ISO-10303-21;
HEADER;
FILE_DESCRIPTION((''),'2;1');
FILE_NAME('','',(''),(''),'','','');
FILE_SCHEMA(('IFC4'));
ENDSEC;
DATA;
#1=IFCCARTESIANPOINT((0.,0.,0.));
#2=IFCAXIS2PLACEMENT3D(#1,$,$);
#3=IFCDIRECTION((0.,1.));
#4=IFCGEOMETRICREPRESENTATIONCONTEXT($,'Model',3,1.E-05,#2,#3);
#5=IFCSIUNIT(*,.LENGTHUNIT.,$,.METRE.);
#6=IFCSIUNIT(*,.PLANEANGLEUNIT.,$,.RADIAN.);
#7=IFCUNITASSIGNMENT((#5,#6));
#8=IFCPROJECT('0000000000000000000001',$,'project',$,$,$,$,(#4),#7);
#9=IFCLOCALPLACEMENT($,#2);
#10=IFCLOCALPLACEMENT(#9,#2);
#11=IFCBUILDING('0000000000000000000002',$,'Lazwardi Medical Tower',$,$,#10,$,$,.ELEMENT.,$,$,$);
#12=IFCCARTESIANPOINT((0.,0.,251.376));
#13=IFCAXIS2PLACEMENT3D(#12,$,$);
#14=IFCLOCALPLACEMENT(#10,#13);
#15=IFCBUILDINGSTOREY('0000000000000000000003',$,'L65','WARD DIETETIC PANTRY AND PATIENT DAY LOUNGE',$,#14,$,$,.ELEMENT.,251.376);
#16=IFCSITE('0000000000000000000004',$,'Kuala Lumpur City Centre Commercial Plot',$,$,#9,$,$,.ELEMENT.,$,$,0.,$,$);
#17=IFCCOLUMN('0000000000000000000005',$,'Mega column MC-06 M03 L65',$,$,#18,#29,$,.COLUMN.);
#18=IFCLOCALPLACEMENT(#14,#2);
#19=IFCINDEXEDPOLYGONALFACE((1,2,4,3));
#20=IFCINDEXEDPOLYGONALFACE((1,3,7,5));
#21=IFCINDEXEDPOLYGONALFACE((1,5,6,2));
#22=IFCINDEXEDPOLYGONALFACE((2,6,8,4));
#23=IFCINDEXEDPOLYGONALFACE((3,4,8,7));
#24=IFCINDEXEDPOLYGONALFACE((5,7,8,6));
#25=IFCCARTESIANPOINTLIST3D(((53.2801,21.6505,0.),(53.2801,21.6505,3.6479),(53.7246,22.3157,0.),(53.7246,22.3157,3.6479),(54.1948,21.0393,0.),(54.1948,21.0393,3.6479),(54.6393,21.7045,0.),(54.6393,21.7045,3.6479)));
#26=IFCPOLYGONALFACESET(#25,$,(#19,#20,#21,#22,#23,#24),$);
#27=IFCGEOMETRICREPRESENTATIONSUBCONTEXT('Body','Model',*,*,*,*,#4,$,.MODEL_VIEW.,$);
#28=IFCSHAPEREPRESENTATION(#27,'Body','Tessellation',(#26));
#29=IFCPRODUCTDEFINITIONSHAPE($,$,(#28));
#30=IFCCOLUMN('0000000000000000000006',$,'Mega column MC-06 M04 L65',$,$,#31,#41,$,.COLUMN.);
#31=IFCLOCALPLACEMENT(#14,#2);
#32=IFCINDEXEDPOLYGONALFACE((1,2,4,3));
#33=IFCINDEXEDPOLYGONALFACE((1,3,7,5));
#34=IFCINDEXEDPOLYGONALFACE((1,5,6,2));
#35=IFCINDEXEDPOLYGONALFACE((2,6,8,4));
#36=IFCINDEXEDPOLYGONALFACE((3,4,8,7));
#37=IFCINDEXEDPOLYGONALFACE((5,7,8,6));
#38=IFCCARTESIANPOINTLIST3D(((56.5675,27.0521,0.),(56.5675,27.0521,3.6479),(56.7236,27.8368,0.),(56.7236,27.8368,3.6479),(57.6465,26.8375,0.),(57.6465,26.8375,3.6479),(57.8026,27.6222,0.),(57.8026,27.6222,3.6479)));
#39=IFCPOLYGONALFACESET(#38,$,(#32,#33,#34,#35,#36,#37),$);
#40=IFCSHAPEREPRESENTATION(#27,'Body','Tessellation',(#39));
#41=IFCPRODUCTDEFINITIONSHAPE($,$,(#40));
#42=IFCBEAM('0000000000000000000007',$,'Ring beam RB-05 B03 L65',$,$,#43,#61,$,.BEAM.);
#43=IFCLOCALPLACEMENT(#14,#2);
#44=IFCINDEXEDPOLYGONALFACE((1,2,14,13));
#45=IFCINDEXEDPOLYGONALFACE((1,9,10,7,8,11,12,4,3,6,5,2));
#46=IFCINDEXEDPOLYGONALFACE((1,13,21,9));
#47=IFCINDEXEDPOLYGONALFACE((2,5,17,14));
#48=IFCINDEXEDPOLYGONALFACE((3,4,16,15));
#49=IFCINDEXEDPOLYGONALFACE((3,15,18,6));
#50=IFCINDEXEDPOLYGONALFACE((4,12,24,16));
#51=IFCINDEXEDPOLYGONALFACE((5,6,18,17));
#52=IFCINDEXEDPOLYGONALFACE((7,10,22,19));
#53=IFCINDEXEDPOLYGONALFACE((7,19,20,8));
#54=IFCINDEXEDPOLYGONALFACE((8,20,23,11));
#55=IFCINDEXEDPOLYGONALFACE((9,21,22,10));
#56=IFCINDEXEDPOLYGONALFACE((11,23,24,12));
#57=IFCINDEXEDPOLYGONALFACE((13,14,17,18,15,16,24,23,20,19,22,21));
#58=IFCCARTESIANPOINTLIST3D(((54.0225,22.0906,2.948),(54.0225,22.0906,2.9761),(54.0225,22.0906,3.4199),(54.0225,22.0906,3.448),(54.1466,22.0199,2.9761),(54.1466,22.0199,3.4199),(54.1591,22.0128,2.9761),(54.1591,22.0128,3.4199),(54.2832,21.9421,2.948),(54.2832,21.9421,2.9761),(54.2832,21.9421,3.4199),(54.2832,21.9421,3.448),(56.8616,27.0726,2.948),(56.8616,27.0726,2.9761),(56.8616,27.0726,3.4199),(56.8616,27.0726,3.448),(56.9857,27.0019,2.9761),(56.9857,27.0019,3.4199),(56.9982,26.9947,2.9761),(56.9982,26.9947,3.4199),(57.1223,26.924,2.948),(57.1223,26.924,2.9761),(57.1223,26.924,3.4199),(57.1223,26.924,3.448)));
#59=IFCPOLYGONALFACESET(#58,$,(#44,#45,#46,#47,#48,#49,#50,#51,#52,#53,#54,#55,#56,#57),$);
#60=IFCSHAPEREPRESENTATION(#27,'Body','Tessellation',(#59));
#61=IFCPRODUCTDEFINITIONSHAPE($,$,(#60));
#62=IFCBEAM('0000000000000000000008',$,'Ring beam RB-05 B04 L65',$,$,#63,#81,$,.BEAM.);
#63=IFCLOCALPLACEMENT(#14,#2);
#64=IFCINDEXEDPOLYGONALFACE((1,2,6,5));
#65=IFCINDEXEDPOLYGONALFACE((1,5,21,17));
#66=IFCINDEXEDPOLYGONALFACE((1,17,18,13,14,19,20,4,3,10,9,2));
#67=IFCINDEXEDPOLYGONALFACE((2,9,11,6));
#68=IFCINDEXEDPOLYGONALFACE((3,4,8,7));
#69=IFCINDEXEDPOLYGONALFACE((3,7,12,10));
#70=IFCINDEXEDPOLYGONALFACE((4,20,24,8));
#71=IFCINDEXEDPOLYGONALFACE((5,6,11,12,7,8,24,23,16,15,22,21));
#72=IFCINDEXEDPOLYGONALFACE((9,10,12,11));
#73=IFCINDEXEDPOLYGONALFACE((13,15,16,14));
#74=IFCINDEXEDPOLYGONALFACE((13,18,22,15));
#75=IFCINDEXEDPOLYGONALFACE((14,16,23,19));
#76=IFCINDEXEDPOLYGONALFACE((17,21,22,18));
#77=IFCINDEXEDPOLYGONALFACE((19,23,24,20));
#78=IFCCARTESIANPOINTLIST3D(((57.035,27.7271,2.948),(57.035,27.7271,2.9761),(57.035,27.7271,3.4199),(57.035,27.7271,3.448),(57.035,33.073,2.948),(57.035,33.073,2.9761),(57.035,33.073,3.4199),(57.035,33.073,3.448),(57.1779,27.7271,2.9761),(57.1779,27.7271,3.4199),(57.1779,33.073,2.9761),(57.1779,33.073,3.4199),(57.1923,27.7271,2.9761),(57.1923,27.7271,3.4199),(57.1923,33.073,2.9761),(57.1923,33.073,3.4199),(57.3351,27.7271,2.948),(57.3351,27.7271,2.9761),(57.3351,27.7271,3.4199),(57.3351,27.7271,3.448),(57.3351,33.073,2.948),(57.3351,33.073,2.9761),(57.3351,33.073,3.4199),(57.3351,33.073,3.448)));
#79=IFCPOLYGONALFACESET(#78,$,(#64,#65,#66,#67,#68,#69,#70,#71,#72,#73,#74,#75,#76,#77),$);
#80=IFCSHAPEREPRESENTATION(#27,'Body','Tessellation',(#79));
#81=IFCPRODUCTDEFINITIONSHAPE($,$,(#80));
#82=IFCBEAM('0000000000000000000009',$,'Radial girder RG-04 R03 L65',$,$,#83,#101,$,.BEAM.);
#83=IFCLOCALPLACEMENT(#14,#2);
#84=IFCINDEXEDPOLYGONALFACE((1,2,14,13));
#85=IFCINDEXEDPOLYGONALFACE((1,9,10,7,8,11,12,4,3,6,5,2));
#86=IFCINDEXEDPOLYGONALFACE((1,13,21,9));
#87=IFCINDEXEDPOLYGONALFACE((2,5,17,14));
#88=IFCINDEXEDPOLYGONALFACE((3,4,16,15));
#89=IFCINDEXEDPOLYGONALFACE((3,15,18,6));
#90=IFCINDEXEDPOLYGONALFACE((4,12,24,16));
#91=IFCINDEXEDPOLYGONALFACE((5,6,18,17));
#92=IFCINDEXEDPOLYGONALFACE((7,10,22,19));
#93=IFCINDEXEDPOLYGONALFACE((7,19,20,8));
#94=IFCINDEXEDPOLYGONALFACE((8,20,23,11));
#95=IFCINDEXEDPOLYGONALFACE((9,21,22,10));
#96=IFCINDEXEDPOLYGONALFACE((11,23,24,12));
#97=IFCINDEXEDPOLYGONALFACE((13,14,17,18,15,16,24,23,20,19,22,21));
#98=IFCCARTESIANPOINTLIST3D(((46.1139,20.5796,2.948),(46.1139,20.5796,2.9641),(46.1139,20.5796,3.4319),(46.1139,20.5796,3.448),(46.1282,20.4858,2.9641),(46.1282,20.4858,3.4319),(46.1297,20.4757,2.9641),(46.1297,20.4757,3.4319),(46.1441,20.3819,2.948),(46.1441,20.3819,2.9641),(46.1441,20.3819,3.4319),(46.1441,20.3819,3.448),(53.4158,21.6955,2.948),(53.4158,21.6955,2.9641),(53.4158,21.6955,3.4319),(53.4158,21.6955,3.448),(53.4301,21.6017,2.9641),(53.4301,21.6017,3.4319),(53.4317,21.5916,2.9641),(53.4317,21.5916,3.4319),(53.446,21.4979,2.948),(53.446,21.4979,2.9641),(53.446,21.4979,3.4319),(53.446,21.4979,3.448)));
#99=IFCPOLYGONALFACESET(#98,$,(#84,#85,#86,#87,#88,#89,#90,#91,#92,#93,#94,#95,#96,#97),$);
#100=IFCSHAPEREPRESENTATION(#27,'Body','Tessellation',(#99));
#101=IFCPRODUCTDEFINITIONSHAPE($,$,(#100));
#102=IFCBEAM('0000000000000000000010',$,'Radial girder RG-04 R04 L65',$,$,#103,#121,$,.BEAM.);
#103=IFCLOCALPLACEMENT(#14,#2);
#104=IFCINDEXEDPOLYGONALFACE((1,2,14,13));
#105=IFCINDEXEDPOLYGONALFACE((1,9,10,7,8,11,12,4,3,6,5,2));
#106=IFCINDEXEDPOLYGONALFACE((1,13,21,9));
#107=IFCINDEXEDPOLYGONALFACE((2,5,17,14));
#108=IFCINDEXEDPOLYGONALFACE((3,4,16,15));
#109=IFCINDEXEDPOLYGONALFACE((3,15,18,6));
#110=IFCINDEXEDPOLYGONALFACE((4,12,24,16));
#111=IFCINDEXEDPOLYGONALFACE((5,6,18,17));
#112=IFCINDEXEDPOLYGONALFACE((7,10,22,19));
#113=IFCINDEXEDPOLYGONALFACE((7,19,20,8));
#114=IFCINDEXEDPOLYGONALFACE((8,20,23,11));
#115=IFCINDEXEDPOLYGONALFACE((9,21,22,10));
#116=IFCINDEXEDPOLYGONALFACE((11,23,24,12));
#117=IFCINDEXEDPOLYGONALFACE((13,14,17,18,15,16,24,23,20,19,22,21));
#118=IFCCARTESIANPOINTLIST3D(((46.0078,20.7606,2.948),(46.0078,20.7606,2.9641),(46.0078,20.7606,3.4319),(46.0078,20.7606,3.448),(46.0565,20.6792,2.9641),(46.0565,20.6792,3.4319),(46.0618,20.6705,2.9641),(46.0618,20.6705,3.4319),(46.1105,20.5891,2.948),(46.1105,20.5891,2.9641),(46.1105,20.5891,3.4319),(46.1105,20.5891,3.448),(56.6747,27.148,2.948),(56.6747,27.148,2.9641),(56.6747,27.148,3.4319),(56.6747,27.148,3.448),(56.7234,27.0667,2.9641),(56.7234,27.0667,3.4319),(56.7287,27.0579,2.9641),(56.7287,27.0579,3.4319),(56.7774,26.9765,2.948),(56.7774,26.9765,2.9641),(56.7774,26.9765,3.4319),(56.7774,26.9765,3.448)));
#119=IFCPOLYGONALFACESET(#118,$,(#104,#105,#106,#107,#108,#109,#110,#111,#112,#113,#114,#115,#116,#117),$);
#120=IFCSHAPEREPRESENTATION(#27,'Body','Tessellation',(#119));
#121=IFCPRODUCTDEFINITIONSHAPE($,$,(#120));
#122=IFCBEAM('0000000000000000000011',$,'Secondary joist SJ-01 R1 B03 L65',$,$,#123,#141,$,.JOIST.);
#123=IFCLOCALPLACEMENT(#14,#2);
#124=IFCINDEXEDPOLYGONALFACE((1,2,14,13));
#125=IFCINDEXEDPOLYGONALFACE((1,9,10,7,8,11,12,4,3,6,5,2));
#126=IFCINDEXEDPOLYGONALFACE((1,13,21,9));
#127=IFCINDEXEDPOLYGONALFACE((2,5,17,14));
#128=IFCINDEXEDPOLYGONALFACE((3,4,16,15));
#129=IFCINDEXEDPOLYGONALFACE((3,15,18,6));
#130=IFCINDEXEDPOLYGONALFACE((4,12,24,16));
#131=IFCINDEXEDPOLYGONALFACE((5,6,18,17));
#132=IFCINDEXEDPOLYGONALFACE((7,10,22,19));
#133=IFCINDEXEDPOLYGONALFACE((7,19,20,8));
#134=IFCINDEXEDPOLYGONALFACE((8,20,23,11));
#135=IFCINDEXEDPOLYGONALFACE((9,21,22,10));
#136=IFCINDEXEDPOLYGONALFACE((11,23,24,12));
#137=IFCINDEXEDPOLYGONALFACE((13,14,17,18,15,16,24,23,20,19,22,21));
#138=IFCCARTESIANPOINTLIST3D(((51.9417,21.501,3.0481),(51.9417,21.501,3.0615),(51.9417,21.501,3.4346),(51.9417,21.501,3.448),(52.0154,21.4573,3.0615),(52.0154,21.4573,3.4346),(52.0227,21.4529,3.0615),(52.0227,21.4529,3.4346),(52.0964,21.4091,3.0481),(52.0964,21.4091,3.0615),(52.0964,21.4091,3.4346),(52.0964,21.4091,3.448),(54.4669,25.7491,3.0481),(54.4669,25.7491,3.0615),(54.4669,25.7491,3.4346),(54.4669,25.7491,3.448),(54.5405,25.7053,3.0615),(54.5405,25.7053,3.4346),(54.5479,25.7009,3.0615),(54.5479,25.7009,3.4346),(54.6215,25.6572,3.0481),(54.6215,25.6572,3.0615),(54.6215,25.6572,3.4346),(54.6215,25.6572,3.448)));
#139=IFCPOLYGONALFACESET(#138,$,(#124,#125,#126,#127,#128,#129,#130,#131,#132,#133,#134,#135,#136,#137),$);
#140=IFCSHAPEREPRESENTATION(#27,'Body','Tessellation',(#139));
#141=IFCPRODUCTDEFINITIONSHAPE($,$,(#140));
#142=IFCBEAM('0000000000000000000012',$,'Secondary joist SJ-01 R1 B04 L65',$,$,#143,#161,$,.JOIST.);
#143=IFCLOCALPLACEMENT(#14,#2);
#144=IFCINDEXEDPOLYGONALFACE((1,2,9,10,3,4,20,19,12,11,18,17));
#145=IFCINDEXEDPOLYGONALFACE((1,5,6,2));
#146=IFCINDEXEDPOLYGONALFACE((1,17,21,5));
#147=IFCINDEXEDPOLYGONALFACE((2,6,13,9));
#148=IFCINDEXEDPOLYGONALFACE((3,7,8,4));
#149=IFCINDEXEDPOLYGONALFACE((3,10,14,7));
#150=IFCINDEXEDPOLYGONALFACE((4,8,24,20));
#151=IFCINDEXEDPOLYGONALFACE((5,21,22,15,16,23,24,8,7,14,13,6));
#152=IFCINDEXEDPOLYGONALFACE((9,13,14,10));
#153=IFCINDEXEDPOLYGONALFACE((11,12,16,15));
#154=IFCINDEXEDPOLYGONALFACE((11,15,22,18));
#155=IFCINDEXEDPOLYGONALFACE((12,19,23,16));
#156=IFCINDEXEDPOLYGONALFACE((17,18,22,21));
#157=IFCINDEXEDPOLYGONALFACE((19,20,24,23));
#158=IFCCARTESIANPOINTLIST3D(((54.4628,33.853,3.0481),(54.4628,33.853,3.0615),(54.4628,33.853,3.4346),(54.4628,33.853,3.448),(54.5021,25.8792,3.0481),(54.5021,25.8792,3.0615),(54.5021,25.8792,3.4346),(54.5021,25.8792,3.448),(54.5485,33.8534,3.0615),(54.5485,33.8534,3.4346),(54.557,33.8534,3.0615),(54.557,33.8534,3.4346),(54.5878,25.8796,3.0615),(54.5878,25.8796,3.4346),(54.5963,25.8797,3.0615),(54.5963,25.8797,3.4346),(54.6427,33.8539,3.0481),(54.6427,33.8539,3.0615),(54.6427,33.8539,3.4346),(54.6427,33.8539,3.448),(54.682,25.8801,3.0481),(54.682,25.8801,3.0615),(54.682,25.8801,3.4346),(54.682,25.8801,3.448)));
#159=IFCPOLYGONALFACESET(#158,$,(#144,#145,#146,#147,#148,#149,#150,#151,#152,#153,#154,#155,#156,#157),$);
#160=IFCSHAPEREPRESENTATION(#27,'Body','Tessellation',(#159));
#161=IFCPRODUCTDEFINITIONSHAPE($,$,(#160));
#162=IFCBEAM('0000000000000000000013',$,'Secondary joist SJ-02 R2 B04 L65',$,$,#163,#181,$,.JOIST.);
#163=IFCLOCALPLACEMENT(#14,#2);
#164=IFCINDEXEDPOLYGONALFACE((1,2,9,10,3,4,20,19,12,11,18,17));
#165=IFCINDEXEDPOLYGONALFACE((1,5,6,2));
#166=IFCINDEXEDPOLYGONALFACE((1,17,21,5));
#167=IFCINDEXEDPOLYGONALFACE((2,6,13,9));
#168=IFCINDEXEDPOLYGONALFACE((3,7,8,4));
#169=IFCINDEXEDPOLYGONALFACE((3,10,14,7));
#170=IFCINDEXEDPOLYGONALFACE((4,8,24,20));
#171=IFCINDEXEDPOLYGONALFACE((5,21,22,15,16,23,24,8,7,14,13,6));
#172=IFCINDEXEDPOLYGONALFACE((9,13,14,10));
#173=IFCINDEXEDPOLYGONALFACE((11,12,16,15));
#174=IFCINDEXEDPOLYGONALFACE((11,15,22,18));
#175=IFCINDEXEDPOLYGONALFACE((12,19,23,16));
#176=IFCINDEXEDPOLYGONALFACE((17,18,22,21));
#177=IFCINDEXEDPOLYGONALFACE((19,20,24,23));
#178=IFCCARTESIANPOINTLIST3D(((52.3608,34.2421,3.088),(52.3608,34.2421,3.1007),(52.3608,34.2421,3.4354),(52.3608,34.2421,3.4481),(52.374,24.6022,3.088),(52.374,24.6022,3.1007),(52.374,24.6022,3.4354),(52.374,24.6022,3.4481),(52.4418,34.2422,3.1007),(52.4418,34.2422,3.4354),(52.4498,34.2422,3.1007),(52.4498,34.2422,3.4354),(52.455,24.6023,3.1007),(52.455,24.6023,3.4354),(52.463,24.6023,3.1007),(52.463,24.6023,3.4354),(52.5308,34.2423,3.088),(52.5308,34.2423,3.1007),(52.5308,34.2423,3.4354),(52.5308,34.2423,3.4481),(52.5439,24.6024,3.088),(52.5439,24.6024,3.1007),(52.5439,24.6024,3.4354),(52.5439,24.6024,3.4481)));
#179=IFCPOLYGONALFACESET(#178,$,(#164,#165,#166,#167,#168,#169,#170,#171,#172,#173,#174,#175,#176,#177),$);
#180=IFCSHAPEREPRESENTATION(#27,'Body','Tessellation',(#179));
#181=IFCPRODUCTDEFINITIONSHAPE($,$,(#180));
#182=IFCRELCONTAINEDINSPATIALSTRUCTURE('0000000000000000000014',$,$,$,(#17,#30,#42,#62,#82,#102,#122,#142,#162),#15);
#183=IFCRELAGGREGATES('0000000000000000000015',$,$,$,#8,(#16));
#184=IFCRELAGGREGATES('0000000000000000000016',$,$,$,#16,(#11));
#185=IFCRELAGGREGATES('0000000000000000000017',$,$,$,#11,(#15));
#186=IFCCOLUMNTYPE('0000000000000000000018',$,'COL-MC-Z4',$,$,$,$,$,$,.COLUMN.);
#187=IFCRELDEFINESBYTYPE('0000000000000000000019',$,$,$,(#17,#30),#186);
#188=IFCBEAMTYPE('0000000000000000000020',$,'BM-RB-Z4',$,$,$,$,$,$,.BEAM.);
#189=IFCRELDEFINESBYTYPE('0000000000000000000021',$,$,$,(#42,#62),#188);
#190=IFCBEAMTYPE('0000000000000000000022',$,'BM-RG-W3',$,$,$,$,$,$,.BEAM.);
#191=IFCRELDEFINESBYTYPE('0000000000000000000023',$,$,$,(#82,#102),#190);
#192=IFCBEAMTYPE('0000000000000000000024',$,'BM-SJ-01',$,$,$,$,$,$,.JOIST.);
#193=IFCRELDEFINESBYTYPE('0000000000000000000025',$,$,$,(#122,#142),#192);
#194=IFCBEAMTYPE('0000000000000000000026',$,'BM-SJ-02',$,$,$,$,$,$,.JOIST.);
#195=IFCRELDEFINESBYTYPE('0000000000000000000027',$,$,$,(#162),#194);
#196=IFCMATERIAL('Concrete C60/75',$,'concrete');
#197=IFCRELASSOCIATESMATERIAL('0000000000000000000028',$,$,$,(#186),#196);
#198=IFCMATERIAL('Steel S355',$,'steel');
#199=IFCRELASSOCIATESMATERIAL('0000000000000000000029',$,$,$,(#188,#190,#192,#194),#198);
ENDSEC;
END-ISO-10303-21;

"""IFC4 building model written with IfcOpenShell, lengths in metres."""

from ifc_helpers import new_model, si_unit, direction, frame, origin, origin_2d, place, context, subcontext, project, spatial, rectangle, i_section, extrude, material, material_profile, profile_set, type_object, element, save


model = new_model("IFC4")

# Units and contexts
model_context = context("Model", 3, precision=1e-05, world=origin(), true_north=direction((0.0, 1.0)))
body_context = subcontext(model_context, "Body", "Model", "MODEL_VIEW")
ifc_project = project(units=[si_unit("LENGTHUNIT", "METRE"), si_unit("PLANEANGLEUNIT", "RADIAN")], contexts=[model_context])

# Site, building, storey
site_placement = place(None, origin())
site = spatial("IfcSite", under=ifc_project, at=site_placement, Name="Kuala Lumpur City Centre Commercial Plot", CompositionType="ELEMENT", RefElevation=0.0)
building_placement = place(site_placement, origin())
building = spatial("IfcBuilding", under=site, at=building_placement, Name="Lazwardi Medical Tower", CompositionType="ELEMENT")
storey_placement = place(building_placement, frame((0.0, 0.0, 251.376)))
storey = spatial("IfcBuildingStorey", under=building, at=storey_placement, Name="L65", Description="WARD DIETETIC PANTRY AND PATIENT DAY LOUNGE", CompositionType="ELEMENT", Elevation=251.376)

# Columns
ifc_material_1 = material(Name="Concrete C60/75", Category="concrete")
ifc_material_profile_1 = material_profile(ifc_material_1, rectangle(XDim=1.1001, YDim=0.8, at=origin_2d()), Name="CFT-RECT 1100x800")
ifc_profile_set_1 = profile_set([ifc_material_profile_1], Name="Concrete C60/75")
column_type = type_object("IfcColumnType", Name="COL-MC-Z4", PredefinedType="COLUMN", material=ifc_profile_set_1)
for number, where, z_axis, x_axis, name in (
    (1, (53.9597, 21.6775, 0.0), (0.0, 0.0, 1.0), (0.83147, -0.55557, 0.0), "Mega column MC-06 M03 L65"),
    (2, (57.1851, 27.3372, 0.0), (0.0, 0.0, 1.0), (0.980785, -0.19509, 0.0), "Mega column MC-06 M04 L65"),
):
    element("IfcColumn", number, at=place(storey_placement, frame(where, z_axis=z_axis, x_axis=x_axis)), inside=storey, type_object=column_type, Name=name, PredefinedType="COLUMN", context=body_context, shape_type="SweptSolid", body=[
        extrude(rectangle(XDim=1.1001, YDim=0.8, at=origin_2d()), origin(), (0.0, 0.0, 1.0), 3.6479),
    ])

# Beams
ifc_material_2 = material(Name="Steel S355", Category="steel")
ifc_material_profile_2 = material_profile(ifc_material_2, i_section(OverallWidth=0.3, OverallDepth=0.5, WebThickness=0.0144, FlangeThickness=0.0281, at=origin_2d()), Name="HEB 500")
ifc_profile_set_2 = profile_set([ifc_material_profile_2], Name="Steel S355")
beam_type_1 = type_object("IfcBeamType", Name="BM-RB-Z4", PredefinedType="BEAM", material=ifc_profile_set_2)
beam_1_placement = place(storey_placement, frame((54.1528, 22.0164, 3.198), z_axis=(0.495125, 0.868822, 0.0), x_axis=(-0.868822, 0.495125, 0.0)))
element("IfcBeam", 3, at=beam_1_placement, inside=storey, type_object=beam_type_1, Name="Ring beam RB-05 B03 L65", PredefinedType="BEAM", context=body_context, shape_type="SweptSolid", body=[
    extrude(i_section(OverallWidth=0.3, OverallDepth=0.5, WebThickness=0.0144, FlangeThickness=0.0281, at=origin_2d()), origin(), (0.0, 0.0, 1.0), 5.7341),
])
beam_2_placement = place(storey_placement, frame((57.1851, 27.7271, 3.198), z_axis=(0.0, 1.0, 0.0), x_axis=(-1.0, 0.0, 0.0)))
element("IfcBeam", 4, at=beam_2_placement, inside=storey, type_object=beam_type_1, Name="Ring beam RB-05 B04 L65", PredefinedType="BEAM", context=body_context, shape_type="SweptSolid", body=[
    extrude(i_section(OverallWidth=0.3, OverallDepth=0.5, WebThickness=0.0144, FlangeThickness=0.0281, at=origin_2d()), origin(), (0.0, 0.0, 1.0), 5.3459),
])
ifc_material_profile_3 = material_profile(ifc_material_2, i_section(OverallWidth=0.2, OverallDepth=0.5, WebThickness=0.0103, FlangeThickness=0.0161, at=origin_2d()), Name="IPE 500")
ifc_profile_set_3 = profile_set([ifc_material_profile_3], Name="Steel S355")
beam_type_2 = type_object("IfcBeamType", Name="BM-RG-W3", PredefinedType="BEAM", material=ifc_profile_set_3)
beam_3_placement = place(storey_placement, frame((53.4309, 21.5967, 3.198), z_axis=(-0.988522, -0.151076, 0.0), x_axis=(0.151076, -0.988522, 0.0)))
element("IfcBeam", 5, at=beam_3_placement, inside=storey, type_object=beam_type_2, Name="Radial girder RG-04 R03 L65", PredefinedType="BEAM", context=body_context, shape_type="SweptSolid", body=[
    extrude(i_section(OverallWidth=0.2, OverallDepth=0.5, WebThickness=0.0103, FlangeThickness=0.0161, at=origin_2d()), origin(), (0.0, 0.0, 1.0), 7.3867),
])
beam_4_placement = place(storey_placement, frame((56.7261, 27.0623, 3.198), z_axis=(-0.857945, -0.513742, 0.0), x_axis=(0.513742, -0.857945, 0.0)))
element("IfcBeam", 6, at=beam_4_placement, inside=storey, type_object=beam_type_2, Name="Radial girder RG-04 R04 L65", PredefinedType="BEAM", context=body_context, shape_type="SweptSolid", body=[
    extrude(i_section(OverallWidth=0.2, OverallDepth=0.5, WebThickness=0.0103, FlangeThickness=0.0161, at=origin_2d()), origin(), (0.0, 0.0, 1.0), 12.4331),
])
ifc_material_profile_4 = material_profile(ifc_material_2, i_section(OverallWidth=0.1799, OverallDepth=0.3999, WebThickness=0.0085, FlangeThickness=0.0134, at=origin_2d()), Name="IPE 400")
ifc_profile_set_4 = profile_set([ifc_material_profile_4], Name="Steel S355")
beam_type_3 = type_object("IfcBeamType", Name="BM-SJ-01", PredefinedType="JOIST", material=ifc_profile_set_4)
beam_5_placement = place(storey_placement, frame((52.019, 21.4551, 3.248), z_axis=(0.510968, 0.8596, 0.0), x_axis=(-0.8596, 0.510968, 0.0)))
element("IfcBeam", 7, at=beam_5_placement, inside=storey, type_object=beam_type_3, Name="Secondary joist SJ-01 R1 B03 L65", PredefinedType="JOIST", context=body_context, shape_type="SweptSolid", body=[
    extrude(i_section(OverallWidth=0.1799, OverallDepth=0.3999, WebThickness=0.0085, FlangeThickness=0.0134, at=origin_2d()), origin(), (0.0, 0.0, 1.0), 4.9419),
])
beam_6_placement = place(storey_placement, frame((54.592, 25.8796, 3.248), z_axis=(-0.004929, 0.999988, 0.0), x_axis=(-0.999988, -0.004929, 0.0)))
element("IfcBeam", 8, at=beam_6_placement, inside=storey, type_object=beam_type_3, Name="Secondary joist SJ-01 R1 B04 L65", PredefinedType="JOIST", context=body_context, shape_type="SweptSolid", body=[
    extrude(i_section(OverallWidth=0.1799, OverallDepth=0.3999, WebThickness=0.0085, FlangeThickness=0.0134, at=origin_2d()), origin(), (0.0, 0.0, 1.0), 7.9739),
])
ifc_material_profile_5 = material_profile(ifc_material_2, i_section(OverallWidth=0.1699, OverallDepth=0.3601, WebThickness=0.0081, FlangeThickness=0.0127, at=origin_2d()), Name="IPE 360")
ifc_profile_set_5 = profile_set([ifc_material_profile_5], Name="Steel S355")
beam_type_4 = type_object("IfcBeamType", Name="BM-SJ-02", PredefinedType="JOIST", material=ifc_profile_set_5)
beam_7_placement = place(storey_placement, frame((52.459, 24.6023, 3.2681), z_axis=(-0.001368, 0.999999, 0.0), x_axis=(-0.999999, -0.001368, 0.0)))
element("IfcBeam", 9, at=beam_7_placement, inside=storey, type_object=beam_type_4, Name="Secondary joist SJ-02 R2 B04 L65", PredefinedType="JOIST", context=body_context, shape_type="SweptSolid", body=[
    extrude(i_section(OverallWidth=0.1699, OverallDepth=0.3601, WebThickness=0.0081, FlangeThickness=0.0127, at=origin_2d()), origin(), (0.0, 0.0, 1.0), 9.6399),
])

save(model, "model.ifc")
